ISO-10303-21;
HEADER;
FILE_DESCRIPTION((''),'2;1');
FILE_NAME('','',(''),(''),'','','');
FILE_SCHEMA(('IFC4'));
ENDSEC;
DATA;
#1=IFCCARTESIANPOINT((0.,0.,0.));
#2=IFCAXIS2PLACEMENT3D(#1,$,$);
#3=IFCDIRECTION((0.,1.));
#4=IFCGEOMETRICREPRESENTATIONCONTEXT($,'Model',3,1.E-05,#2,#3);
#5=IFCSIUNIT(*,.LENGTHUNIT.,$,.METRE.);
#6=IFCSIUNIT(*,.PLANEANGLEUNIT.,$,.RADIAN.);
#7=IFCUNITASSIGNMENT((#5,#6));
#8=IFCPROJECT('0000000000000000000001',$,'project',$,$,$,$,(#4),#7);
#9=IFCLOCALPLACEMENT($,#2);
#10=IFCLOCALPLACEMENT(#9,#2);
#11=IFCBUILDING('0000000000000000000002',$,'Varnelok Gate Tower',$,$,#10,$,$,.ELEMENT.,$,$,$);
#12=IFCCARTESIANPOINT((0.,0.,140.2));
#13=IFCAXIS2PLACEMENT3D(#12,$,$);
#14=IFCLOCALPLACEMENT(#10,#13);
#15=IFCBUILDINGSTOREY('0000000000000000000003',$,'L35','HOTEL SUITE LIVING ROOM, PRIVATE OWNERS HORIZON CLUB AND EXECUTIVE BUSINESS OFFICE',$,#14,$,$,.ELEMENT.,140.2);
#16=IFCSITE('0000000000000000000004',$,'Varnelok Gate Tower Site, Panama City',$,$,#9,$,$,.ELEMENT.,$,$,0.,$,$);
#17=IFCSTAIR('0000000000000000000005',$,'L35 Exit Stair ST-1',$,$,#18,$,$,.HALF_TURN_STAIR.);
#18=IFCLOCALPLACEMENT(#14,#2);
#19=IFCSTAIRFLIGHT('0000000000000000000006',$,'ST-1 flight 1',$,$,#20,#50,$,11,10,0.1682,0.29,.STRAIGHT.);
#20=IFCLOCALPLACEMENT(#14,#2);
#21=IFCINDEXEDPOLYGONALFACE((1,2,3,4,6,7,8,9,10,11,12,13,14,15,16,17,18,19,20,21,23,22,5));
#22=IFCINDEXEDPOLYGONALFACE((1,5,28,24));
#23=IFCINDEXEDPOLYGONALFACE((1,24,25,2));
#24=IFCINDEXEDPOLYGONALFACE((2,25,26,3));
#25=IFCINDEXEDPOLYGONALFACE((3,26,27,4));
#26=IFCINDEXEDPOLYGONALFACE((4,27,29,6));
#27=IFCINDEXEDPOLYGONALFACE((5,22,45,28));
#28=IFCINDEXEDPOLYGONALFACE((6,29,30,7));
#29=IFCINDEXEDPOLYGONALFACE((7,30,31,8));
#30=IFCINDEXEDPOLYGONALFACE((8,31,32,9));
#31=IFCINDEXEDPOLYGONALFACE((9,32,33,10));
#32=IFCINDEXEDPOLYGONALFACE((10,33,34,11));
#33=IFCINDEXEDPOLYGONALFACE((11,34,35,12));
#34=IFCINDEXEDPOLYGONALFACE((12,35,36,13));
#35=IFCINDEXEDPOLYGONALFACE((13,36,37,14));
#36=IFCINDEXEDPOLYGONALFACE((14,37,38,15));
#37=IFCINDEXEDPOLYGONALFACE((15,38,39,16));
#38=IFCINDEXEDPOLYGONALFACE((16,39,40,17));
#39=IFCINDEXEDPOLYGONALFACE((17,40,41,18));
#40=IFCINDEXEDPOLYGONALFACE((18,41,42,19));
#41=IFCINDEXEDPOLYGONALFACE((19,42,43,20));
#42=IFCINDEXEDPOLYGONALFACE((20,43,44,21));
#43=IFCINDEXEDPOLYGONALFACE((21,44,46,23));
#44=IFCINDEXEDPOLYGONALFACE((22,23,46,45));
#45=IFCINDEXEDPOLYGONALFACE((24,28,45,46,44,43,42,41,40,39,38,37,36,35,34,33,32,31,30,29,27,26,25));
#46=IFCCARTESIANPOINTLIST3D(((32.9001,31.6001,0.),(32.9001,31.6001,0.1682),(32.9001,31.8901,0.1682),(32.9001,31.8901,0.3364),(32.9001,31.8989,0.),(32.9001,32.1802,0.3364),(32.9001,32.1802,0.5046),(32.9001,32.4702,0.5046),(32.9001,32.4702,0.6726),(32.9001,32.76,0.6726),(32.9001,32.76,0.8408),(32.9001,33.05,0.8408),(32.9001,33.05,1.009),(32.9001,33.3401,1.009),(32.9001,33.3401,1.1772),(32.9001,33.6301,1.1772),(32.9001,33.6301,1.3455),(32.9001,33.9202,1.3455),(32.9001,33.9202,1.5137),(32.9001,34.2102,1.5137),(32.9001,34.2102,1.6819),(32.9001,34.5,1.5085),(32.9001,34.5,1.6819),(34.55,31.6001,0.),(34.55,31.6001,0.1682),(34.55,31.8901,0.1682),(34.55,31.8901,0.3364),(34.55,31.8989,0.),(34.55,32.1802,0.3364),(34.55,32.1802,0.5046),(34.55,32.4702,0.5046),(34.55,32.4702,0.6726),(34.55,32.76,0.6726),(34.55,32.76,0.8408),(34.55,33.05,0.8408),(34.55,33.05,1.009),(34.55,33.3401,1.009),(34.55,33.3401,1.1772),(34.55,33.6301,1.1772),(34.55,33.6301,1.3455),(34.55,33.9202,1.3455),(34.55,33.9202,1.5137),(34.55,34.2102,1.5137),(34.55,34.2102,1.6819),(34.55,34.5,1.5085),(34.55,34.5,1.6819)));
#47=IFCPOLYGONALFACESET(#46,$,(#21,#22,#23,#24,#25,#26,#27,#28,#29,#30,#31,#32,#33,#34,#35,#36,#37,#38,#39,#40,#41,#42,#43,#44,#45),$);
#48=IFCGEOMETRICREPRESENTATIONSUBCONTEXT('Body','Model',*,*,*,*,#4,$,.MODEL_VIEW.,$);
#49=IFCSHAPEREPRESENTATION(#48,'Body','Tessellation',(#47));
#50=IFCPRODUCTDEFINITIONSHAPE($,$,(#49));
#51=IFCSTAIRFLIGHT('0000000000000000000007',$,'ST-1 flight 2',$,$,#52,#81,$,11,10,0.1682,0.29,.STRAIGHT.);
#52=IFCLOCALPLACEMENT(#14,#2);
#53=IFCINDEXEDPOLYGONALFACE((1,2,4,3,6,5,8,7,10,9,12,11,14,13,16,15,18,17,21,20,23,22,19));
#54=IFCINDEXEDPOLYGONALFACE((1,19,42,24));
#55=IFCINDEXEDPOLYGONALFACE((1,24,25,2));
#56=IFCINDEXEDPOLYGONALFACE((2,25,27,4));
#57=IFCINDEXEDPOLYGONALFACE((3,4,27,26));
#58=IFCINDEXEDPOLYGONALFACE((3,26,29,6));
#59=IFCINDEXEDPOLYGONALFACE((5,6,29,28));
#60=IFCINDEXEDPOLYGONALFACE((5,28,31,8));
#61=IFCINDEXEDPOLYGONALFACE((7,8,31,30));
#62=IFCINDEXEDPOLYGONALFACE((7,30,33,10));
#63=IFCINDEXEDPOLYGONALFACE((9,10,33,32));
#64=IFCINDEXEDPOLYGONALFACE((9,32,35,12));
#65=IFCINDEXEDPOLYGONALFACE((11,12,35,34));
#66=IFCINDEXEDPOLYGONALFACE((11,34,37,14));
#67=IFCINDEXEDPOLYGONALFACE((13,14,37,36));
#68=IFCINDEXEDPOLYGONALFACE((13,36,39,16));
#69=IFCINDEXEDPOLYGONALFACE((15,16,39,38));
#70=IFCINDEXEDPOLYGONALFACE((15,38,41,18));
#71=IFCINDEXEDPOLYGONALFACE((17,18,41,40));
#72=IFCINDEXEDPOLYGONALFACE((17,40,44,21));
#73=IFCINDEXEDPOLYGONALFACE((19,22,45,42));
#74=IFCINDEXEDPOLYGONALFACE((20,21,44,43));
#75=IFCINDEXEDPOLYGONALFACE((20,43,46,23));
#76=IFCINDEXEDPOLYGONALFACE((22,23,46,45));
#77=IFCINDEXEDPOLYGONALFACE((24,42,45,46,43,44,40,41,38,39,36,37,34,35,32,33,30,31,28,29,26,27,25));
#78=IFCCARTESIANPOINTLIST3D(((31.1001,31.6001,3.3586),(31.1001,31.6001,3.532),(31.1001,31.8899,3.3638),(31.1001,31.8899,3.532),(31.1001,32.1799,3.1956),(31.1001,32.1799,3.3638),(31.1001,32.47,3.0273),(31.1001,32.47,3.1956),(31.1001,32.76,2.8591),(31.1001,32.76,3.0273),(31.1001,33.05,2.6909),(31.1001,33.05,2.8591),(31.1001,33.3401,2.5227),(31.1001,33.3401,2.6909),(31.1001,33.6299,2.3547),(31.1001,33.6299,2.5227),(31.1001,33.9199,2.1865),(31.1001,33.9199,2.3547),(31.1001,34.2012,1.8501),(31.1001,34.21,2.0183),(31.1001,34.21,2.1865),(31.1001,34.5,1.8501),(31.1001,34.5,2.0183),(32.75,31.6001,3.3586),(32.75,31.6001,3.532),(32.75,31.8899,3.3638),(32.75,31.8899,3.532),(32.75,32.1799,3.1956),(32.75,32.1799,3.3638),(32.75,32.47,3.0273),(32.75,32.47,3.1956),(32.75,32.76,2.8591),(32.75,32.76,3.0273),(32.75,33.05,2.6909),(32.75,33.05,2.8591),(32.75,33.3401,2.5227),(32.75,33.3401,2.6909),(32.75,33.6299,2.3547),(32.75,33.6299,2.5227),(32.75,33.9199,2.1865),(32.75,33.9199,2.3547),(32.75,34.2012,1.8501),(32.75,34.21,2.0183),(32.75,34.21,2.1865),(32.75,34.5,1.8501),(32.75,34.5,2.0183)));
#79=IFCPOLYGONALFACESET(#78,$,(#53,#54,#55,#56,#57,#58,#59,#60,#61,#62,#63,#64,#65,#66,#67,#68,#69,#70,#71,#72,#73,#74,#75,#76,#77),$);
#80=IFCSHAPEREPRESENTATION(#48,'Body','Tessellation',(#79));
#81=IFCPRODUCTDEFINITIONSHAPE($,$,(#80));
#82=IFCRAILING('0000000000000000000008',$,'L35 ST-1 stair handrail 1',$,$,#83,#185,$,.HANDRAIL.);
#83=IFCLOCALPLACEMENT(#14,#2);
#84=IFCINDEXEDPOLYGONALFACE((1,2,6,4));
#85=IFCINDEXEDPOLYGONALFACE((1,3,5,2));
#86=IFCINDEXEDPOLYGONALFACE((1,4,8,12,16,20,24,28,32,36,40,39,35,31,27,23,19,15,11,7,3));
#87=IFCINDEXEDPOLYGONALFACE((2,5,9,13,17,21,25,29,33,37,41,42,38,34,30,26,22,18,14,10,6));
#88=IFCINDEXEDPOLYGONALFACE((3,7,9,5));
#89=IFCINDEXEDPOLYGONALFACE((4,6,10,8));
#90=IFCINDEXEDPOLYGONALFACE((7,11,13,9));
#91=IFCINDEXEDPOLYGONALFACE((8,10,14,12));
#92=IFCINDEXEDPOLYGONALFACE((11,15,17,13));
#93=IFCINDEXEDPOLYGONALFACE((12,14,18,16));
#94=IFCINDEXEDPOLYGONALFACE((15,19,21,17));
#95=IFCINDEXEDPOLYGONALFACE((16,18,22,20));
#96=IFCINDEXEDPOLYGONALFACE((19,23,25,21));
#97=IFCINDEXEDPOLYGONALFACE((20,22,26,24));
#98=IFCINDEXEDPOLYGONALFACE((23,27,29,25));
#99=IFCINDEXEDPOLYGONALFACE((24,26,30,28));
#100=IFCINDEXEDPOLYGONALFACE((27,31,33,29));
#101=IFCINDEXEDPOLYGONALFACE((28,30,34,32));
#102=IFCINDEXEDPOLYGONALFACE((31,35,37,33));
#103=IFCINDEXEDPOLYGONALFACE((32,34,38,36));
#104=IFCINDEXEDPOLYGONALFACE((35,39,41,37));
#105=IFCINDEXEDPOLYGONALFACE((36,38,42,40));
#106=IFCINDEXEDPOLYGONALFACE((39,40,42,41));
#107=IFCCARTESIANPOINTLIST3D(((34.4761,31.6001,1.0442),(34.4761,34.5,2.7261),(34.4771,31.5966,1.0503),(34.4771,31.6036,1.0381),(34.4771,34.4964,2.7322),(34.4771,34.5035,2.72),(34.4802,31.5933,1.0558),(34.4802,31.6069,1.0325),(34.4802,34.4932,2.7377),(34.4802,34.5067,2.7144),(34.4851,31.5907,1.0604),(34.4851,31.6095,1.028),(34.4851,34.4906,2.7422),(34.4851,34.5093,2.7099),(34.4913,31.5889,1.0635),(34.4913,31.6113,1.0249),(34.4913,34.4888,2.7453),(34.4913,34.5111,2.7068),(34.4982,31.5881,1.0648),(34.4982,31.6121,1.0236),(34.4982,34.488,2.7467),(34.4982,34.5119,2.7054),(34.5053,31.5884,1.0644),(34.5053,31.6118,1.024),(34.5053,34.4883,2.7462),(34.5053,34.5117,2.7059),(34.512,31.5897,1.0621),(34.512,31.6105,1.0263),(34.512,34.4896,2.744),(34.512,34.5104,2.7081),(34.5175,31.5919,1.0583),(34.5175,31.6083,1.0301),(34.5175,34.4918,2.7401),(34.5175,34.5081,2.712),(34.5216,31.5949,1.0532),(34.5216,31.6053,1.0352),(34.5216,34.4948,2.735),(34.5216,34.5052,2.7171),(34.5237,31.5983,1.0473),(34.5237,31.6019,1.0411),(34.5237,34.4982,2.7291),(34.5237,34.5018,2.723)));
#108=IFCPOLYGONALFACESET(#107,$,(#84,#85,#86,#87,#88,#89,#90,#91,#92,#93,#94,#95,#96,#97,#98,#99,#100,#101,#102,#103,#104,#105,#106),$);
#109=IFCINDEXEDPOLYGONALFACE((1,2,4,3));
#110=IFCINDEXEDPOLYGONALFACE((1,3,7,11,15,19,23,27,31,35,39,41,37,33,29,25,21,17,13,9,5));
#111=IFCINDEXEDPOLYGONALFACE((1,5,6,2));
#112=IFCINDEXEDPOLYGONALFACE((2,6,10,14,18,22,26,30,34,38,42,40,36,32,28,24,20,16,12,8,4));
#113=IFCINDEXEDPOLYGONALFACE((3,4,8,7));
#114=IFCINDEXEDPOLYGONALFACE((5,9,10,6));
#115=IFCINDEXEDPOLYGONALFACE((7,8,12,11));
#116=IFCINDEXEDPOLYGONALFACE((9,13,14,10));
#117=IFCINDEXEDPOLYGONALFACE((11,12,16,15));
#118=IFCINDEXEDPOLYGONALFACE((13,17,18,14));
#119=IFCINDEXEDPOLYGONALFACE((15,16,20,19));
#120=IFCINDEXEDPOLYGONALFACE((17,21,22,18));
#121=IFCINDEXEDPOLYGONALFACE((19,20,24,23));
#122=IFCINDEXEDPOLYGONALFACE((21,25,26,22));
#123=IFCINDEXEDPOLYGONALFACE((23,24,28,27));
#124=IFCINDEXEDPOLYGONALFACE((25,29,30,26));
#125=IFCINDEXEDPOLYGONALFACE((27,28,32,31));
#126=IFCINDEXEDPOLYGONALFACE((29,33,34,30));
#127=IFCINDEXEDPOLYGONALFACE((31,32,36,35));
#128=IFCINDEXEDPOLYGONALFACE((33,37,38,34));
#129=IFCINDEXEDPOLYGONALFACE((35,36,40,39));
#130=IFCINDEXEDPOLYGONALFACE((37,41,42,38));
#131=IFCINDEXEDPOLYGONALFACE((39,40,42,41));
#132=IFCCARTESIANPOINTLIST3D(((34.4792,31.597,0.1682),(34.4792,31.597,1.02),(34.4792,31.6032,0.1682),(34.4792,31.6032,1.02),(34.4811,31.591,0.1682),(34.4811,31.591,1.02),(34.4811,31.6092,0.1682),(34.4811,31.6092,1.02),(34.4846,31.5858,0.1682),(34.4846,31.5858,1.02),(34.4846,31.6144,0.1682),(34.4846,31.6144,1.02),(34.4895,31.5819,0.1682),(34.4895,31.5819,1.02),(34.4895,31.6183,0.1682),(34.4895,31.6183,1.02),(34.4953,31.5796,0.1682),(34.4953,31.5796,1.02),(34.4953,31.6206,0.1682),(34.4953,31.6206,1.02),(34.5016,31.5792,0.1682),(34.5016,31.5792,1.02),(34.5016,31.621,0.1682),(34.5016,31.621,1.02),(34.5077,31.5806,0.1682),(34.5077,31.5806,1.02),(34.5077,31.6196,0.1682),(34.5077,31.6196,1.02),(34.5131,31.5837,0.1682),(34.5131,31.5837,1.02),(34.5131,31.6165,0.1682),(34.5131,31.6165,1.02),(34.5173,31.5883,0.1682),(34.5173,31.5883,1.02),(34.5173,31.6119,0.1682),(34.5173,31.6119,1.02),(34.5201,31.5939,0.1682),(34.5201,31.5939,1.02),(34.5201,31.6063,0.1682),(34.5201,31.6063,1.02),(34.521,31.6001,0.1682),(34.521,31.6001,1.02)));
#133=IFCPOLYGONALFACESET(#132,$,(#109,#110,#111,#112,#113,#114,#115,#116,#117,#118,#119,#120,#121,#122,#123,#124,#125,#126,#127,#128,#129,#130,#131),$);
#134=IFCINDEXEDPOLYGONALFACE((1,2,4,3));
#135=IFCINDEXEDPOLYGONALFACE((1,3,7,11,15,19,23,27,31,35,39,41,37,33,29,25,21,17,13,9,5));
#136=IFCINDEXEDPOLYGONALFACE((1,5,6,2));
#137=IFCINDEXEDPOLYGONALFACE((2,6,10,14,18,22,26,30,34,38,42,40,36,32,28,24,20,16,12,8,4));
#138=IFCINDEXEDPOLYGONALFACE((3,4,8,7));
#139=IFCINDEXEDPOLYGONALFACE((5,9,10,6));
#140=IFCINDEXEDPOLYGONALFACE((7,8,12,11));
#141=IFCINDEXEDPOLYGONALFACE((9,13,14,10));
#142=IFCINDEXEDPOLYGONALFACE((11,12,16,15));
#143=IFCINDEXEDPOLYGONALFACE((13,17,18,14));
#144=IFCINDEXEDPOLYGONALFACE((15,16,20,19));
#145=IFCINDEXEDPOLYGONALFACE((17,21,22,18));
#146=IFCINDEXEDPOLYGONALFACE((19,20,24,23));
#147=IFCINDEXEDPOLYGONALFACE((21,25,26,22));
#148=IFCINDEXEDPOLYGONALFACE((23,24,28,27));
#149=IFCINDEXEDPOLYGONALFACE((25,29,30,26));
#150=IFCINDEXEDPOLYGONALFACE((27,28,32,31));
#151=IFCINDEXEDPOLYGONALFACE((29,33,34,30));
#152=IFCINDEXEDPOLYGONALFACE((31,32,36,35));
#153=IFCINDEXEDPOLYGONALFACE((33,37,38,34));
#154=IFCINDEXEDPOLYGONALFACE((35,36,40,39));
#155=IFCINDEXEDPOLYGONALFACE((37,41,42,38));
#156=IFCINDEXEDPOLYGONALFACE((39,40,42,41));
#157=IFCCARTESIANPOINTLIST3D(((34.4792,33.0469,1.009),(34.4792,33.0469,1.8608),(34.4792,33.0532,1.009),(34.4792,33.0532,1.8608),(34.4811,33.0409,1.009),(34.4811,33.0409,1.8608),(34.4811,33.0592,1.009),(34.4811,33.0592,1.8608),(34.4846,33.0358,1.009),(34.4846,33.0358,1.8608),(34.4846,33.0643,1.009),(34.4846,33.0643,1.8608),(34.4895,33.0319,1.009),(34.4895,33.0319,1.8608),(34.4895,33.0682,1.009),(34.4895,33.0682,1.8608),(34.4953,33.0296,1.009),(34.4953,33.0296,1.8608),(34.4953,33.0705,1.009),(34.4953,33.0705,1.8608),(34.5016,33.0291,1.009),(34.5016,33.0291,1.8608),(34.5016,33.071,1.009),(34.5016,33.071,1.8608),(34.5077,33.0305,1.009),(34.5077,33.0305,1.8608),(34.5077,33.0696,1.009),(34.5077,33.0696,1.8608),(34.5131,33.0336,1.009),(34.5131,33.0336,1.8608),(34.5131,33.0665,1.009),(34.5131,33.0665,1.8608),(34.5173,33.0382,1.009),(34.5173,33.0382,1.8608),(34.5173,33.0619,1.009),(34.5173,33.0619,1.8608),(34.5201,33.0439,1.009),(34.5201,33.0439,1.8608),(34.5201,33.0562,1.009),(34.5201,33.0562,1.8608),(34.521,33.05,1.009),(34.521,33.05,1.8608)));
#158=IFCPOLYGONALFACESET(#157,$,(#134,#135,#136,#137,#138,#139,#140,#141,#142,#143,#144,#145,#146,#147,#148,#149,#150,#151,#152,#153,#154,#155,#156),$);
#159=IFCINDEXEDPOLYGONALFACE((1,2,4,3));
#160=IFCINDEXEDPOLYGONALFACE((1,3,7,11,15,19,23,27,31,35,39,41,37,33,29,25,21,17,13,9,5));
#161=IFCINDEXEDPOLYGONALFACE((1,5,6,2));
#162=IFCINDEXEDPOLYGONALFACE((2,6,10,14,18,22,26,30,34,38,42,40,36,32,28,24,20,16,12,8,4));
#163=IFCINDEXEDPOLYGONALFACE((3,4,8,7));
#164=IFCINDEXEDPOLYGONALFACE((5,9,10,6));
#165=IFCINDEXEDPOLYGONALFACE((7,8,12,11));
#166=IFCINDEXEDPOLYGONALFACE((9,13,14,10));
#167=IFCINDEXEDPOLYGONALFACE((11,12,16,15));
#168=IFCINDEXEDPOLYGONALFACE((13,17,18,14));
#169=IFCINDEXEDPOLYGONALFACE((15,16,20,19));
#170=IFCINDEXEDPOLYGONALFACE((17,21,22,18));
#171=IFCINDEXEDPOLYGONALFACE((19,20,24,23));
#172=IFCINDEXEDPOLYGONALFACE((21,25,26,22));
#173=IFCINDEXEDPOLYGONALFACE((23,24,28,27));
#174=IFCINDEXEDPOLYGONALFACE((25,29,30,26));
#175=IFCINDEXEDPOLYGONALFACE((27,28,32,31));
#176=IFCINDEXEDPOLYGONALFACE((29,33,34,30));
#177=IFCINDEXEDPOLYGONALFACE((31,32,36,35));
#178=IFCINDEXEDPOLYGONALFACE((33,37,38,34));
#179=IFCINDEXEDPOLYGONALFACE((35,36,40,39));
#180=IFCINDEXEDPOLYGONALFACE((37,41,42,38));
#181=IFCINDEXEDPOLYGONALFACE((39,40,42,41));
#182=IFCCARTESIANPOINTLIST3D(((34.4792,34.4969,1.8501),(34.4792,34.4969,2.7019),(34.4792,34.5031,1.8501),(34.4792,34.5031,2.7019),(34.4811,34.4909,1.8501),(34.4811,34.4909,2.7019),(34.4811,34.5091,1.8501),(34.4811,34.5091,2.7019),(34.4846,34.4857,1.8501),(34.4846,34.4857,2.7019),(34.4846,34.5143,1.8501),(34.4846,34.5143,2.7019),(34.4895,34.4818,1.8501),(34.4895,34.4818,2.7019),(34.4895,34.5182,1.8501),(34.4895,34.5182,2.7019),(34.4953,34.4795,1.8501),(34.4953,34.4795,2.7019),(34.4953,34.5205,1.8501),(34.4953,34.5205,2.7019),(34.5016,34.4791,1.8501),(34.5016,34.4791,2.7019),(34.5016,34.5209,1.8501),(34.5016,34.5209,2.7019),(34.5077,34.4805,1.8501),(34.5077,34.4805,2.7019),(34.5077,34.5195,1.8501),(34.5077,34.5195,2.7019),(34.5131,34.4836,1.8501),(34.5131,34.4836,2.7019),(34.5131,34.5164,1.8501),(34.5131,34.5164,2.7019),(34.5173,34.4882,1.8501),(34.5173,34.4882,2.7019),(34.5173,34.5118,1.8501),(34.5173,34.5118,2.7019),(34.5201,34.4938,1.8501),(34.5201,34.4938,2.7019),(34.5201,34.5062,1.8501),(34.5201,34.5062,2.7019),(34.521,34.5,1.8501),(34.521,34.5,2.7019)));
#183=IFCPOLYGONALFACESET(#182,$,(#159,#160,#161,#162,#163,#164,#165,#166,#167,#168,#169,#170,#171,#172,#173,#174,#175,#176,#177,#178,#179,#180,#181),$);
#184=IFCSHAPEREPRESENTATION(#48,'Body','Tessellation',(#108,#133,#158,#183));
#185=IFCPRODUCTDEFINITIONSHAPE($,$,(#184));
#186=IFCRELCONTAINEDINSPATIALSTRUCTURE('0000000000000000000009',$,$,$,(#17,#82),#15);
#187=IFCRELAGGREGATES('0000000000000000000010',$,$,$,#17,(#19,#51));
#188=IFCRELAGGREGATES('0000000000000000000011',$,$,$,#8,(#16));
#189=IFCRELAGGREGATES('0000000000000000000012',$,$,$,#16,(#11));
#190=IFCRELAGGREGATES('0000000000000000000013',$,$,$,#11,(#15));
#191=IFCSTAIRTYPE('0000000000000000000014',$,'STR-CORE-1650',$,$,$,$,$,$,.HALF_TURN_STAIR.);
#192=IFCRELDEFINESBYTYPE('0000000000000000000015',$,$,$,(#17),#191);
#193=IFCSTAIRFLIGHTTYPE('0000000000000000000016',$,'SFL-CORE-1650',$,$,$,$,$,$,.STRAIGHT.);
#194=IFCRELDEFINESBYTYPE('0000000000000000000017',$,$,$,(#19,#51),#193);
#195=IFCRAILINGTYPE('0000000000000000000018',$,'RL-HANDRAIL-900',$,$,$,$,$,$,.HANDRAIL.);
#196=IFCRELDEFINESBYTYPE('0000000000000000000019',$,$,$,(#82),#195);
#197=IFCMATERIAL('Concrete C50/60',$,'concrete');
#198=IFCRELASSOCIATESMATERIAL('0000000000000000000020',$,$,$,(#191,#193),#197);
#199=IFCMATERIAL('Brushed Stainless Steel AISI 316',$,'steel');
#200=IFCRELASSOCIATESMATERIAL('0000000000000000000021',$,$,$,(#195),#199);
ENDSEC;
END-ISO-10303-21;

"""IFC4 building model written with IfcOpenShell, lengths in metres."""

from ifc_helpers import new_model, si_unit, direction, frame, origin, origin_2d, place, context, subcontext, project, spatial, polyline, circle, outline, extrude, material, type_object, element, aggregate, save


model = new_model("IFC4")

# Units and contexts
model_context = context("Model", 3, precision=1e-05, world=origin(), true_north=direction((0.0, 1.0)))
body_context = subcontext(model_context, "Body", "Model", "MODEL_VIEW")
ifc_project = project(units=[si_unit("LENGTHUNIT", "METRE"), si_unit("PLANEANGLEUNIT", "RADIAN")], contexts=[model_context])

# Site, building, storey
site_placement = place(None, origin())
site = spatial("IfcSite", under=ifc_project, at=site_placement, Name="Varnelok Gate Tower Site, Panama City", CompositionType="ELEMENT", RefElevation=0.0)
building_placement = place(site_placement, origin())
building = spatial("IfcBuilding", under=site, at=building_placement, Name="Varnelok Gate Tower", CompositionType="ELEMENT")
storey_placement = place(building_placement, frame((0.0, 0.0, 140.2)))
storey = spatial("IfcBuildingStorey", under=building, at=storey_placement, Name="L35", Description="HOTEL SUITE LIVING ROOM, PRIVATE OWNERS HORIZON CLUB AND EXECUTIVE BUSINESS OFFICE", CompositionType="ELEMENT", Elevation=140.2)

# Stair, stair flights
ifc_material_1 = material(Name="Concrete C50/60", Category="concrete")
stair_type = type_object("IfcStairType", Name="STR-CORE-1650", PredefinedType="HALF_TURN_STAIR", material=ifc_material_1)
stair_placement = place(storey_placement, origin())
stair = element("IfcStair", 1, at=stair_placement, inside=storey, type_object=stair_type, Name="L35 Exit Stair ST-1", PredefinedType="HALF_TURN_STAIR")
stair_flight_type = type_object("IfcStairFlightType", Name="SFL-CORE-1650", PredefinedType="STRAIGHT", material=ifc_material_1)
stair_flight_1_placement = place(storey_placement, frame((33.7251, 31.6001, 0.0), z_axis=(0.0, 0.0, 1.0), x_axis=(0.0, 1.0, 0.0)))
stair_flight_1 = element("IfcStairFlight", 2, at=stair_flight_1_placement, type_object=stair_flight_type, Name="ST-1 flight 1", NumberOfRisers=11, NumberOfTreads=10, PredefinedType="STRAIGHT", RiserHeight=0.1682, TreadLength=0.29, context=body_context, shape_type="SweptSolid", body=[
    extrude(outline(polyline([(0.0, 0.0), (0.0, 0.1682), (0.29, 0.1682), (0.29, 0.3364), (0.5801, 0.3364), (0.5801, 0.5046), (0.8701, 0.5046), (0.8701, 0.6726), (1.1599, 0.6726), (1.1599, 0.8408), (1.45, 0.8408), (1.45, 1.009), (1.74, 1.009), (1.74, 1.1772), (2.03, 1.1772), (2.03, 1.3455), (2.3201, 1.3455), (2.3201, 1.5137), (2.6101, 1.5137), (2.6101, 1.6819), (2.8999, 1.6819), (2.8999, 1.8501), (2.8999, 1.5085), (0.2988, 0.0), (0.0, 0.0)])), frame((0.0, 0.825, 0.0), z_axis=(0.0, -1.0, 0.0), x_axis=(1.0, 0.0, 0.0)), (0.0, 0.0, 1.0), 1.6499),
])
stair_flight_2_placement = place(storey_placement, frame((31.925, 34.5, 1.8501), z_axis=(0.0, 0.0, 1.0), x_axis=(0.0, -1.0, 0.0)))
stair_flight_2 = element("IfcStairFlight", 3, at=stair_flight_2_placement, type_object=stair_flight_type, Name="ST-1 flight 2", NumberOfRisers=11, NumberOfTreads=10, PredefinedType="STRAIGHT", RiserHeight=0.1682, TreadLength=0.29, context=body_context, shape_type="SweptSolid", body=[
    extrude(outline(polyline([(0.0, 0.0), (0.0, 0.1682), (0.29, 0.1682), (0.29, 0.3364), (0.5801, 0.3364), (0.5801, 0.5046), (0.8701, 0.5046), (0.8701, 0.6726), (1.1599, 0.6726), (1.1599, 0.8408), (1.45, 0.8408), (1.45, 1.009), (1.74, 1.009), (1.74, 1.1772), (2.03, 1.1772), (2.03, 1.3455), (2.3201, 1.3455), (2.3201, 1.5137), (2.6101, 1.5137), (2.6101, 1.6819), (2.8999, 1.6819), (2.8999, 1.8501), (2.8999, 1.5085), (0.2988, 0.0), (0.0, 0.0)])), frame((0.0, 0.825, 0.0), z_axis=(0.0, -1.0, 0.0), x_axis=(1.0, 0.0, 0.0)), (0.0, 0.0, 1.0), 1.6499),
])
aggregate(stair, [stair_flight_1, stair_flight_2])

# Railing
ifc_material_2 = material(Name="Brushed Stainless Steel AISI 316", Category="steel")
railing_type_1 = type_object("IfcRailingType", Name="RL-HANDRAIL-900", PredefinedType="HANDRAIL", material=ifc_material_2)
railing_1_placement = place(storey_placement, frame((34.5, 31.6001, 0.1682)))
element("IfcRailing", 4, at=railing_1_placement, inside=storey, type_object=railing_type_1, Name="L35 ST-1 stair handrail 1", PredefinedType="HANDRAIL", context=body_context, shape_type="SweptSolid", body=[
    extrude(circle(Radius=0.0239, at=origin_2d()), frame((0.0, 0.0, 0.876), z_axis=(0.0, 0.865039, 0.501705), x_axis=(-1.0, 0.0, 0.0)), (0.0, 0.0, 1.0), 3.3523),
    extrude(circle(Radius=0.021, at=origin_2d()), origin(), (0.0, 0.0, 1.0), 0.8518),
    extrude(circle(Radius=0.021, at=origin_2d()), frame((0.0, 1.45, 0.8408)), (0.0, 0.0, 1.0), 0.8518),
    extrude(circle(Radius=0.021, at=origin_2d()), frame((0.0, 2.8999, 1.6819)), (0.0, 0.0, 1.0), 0.8518),
])

save(model, "model.ifc")
